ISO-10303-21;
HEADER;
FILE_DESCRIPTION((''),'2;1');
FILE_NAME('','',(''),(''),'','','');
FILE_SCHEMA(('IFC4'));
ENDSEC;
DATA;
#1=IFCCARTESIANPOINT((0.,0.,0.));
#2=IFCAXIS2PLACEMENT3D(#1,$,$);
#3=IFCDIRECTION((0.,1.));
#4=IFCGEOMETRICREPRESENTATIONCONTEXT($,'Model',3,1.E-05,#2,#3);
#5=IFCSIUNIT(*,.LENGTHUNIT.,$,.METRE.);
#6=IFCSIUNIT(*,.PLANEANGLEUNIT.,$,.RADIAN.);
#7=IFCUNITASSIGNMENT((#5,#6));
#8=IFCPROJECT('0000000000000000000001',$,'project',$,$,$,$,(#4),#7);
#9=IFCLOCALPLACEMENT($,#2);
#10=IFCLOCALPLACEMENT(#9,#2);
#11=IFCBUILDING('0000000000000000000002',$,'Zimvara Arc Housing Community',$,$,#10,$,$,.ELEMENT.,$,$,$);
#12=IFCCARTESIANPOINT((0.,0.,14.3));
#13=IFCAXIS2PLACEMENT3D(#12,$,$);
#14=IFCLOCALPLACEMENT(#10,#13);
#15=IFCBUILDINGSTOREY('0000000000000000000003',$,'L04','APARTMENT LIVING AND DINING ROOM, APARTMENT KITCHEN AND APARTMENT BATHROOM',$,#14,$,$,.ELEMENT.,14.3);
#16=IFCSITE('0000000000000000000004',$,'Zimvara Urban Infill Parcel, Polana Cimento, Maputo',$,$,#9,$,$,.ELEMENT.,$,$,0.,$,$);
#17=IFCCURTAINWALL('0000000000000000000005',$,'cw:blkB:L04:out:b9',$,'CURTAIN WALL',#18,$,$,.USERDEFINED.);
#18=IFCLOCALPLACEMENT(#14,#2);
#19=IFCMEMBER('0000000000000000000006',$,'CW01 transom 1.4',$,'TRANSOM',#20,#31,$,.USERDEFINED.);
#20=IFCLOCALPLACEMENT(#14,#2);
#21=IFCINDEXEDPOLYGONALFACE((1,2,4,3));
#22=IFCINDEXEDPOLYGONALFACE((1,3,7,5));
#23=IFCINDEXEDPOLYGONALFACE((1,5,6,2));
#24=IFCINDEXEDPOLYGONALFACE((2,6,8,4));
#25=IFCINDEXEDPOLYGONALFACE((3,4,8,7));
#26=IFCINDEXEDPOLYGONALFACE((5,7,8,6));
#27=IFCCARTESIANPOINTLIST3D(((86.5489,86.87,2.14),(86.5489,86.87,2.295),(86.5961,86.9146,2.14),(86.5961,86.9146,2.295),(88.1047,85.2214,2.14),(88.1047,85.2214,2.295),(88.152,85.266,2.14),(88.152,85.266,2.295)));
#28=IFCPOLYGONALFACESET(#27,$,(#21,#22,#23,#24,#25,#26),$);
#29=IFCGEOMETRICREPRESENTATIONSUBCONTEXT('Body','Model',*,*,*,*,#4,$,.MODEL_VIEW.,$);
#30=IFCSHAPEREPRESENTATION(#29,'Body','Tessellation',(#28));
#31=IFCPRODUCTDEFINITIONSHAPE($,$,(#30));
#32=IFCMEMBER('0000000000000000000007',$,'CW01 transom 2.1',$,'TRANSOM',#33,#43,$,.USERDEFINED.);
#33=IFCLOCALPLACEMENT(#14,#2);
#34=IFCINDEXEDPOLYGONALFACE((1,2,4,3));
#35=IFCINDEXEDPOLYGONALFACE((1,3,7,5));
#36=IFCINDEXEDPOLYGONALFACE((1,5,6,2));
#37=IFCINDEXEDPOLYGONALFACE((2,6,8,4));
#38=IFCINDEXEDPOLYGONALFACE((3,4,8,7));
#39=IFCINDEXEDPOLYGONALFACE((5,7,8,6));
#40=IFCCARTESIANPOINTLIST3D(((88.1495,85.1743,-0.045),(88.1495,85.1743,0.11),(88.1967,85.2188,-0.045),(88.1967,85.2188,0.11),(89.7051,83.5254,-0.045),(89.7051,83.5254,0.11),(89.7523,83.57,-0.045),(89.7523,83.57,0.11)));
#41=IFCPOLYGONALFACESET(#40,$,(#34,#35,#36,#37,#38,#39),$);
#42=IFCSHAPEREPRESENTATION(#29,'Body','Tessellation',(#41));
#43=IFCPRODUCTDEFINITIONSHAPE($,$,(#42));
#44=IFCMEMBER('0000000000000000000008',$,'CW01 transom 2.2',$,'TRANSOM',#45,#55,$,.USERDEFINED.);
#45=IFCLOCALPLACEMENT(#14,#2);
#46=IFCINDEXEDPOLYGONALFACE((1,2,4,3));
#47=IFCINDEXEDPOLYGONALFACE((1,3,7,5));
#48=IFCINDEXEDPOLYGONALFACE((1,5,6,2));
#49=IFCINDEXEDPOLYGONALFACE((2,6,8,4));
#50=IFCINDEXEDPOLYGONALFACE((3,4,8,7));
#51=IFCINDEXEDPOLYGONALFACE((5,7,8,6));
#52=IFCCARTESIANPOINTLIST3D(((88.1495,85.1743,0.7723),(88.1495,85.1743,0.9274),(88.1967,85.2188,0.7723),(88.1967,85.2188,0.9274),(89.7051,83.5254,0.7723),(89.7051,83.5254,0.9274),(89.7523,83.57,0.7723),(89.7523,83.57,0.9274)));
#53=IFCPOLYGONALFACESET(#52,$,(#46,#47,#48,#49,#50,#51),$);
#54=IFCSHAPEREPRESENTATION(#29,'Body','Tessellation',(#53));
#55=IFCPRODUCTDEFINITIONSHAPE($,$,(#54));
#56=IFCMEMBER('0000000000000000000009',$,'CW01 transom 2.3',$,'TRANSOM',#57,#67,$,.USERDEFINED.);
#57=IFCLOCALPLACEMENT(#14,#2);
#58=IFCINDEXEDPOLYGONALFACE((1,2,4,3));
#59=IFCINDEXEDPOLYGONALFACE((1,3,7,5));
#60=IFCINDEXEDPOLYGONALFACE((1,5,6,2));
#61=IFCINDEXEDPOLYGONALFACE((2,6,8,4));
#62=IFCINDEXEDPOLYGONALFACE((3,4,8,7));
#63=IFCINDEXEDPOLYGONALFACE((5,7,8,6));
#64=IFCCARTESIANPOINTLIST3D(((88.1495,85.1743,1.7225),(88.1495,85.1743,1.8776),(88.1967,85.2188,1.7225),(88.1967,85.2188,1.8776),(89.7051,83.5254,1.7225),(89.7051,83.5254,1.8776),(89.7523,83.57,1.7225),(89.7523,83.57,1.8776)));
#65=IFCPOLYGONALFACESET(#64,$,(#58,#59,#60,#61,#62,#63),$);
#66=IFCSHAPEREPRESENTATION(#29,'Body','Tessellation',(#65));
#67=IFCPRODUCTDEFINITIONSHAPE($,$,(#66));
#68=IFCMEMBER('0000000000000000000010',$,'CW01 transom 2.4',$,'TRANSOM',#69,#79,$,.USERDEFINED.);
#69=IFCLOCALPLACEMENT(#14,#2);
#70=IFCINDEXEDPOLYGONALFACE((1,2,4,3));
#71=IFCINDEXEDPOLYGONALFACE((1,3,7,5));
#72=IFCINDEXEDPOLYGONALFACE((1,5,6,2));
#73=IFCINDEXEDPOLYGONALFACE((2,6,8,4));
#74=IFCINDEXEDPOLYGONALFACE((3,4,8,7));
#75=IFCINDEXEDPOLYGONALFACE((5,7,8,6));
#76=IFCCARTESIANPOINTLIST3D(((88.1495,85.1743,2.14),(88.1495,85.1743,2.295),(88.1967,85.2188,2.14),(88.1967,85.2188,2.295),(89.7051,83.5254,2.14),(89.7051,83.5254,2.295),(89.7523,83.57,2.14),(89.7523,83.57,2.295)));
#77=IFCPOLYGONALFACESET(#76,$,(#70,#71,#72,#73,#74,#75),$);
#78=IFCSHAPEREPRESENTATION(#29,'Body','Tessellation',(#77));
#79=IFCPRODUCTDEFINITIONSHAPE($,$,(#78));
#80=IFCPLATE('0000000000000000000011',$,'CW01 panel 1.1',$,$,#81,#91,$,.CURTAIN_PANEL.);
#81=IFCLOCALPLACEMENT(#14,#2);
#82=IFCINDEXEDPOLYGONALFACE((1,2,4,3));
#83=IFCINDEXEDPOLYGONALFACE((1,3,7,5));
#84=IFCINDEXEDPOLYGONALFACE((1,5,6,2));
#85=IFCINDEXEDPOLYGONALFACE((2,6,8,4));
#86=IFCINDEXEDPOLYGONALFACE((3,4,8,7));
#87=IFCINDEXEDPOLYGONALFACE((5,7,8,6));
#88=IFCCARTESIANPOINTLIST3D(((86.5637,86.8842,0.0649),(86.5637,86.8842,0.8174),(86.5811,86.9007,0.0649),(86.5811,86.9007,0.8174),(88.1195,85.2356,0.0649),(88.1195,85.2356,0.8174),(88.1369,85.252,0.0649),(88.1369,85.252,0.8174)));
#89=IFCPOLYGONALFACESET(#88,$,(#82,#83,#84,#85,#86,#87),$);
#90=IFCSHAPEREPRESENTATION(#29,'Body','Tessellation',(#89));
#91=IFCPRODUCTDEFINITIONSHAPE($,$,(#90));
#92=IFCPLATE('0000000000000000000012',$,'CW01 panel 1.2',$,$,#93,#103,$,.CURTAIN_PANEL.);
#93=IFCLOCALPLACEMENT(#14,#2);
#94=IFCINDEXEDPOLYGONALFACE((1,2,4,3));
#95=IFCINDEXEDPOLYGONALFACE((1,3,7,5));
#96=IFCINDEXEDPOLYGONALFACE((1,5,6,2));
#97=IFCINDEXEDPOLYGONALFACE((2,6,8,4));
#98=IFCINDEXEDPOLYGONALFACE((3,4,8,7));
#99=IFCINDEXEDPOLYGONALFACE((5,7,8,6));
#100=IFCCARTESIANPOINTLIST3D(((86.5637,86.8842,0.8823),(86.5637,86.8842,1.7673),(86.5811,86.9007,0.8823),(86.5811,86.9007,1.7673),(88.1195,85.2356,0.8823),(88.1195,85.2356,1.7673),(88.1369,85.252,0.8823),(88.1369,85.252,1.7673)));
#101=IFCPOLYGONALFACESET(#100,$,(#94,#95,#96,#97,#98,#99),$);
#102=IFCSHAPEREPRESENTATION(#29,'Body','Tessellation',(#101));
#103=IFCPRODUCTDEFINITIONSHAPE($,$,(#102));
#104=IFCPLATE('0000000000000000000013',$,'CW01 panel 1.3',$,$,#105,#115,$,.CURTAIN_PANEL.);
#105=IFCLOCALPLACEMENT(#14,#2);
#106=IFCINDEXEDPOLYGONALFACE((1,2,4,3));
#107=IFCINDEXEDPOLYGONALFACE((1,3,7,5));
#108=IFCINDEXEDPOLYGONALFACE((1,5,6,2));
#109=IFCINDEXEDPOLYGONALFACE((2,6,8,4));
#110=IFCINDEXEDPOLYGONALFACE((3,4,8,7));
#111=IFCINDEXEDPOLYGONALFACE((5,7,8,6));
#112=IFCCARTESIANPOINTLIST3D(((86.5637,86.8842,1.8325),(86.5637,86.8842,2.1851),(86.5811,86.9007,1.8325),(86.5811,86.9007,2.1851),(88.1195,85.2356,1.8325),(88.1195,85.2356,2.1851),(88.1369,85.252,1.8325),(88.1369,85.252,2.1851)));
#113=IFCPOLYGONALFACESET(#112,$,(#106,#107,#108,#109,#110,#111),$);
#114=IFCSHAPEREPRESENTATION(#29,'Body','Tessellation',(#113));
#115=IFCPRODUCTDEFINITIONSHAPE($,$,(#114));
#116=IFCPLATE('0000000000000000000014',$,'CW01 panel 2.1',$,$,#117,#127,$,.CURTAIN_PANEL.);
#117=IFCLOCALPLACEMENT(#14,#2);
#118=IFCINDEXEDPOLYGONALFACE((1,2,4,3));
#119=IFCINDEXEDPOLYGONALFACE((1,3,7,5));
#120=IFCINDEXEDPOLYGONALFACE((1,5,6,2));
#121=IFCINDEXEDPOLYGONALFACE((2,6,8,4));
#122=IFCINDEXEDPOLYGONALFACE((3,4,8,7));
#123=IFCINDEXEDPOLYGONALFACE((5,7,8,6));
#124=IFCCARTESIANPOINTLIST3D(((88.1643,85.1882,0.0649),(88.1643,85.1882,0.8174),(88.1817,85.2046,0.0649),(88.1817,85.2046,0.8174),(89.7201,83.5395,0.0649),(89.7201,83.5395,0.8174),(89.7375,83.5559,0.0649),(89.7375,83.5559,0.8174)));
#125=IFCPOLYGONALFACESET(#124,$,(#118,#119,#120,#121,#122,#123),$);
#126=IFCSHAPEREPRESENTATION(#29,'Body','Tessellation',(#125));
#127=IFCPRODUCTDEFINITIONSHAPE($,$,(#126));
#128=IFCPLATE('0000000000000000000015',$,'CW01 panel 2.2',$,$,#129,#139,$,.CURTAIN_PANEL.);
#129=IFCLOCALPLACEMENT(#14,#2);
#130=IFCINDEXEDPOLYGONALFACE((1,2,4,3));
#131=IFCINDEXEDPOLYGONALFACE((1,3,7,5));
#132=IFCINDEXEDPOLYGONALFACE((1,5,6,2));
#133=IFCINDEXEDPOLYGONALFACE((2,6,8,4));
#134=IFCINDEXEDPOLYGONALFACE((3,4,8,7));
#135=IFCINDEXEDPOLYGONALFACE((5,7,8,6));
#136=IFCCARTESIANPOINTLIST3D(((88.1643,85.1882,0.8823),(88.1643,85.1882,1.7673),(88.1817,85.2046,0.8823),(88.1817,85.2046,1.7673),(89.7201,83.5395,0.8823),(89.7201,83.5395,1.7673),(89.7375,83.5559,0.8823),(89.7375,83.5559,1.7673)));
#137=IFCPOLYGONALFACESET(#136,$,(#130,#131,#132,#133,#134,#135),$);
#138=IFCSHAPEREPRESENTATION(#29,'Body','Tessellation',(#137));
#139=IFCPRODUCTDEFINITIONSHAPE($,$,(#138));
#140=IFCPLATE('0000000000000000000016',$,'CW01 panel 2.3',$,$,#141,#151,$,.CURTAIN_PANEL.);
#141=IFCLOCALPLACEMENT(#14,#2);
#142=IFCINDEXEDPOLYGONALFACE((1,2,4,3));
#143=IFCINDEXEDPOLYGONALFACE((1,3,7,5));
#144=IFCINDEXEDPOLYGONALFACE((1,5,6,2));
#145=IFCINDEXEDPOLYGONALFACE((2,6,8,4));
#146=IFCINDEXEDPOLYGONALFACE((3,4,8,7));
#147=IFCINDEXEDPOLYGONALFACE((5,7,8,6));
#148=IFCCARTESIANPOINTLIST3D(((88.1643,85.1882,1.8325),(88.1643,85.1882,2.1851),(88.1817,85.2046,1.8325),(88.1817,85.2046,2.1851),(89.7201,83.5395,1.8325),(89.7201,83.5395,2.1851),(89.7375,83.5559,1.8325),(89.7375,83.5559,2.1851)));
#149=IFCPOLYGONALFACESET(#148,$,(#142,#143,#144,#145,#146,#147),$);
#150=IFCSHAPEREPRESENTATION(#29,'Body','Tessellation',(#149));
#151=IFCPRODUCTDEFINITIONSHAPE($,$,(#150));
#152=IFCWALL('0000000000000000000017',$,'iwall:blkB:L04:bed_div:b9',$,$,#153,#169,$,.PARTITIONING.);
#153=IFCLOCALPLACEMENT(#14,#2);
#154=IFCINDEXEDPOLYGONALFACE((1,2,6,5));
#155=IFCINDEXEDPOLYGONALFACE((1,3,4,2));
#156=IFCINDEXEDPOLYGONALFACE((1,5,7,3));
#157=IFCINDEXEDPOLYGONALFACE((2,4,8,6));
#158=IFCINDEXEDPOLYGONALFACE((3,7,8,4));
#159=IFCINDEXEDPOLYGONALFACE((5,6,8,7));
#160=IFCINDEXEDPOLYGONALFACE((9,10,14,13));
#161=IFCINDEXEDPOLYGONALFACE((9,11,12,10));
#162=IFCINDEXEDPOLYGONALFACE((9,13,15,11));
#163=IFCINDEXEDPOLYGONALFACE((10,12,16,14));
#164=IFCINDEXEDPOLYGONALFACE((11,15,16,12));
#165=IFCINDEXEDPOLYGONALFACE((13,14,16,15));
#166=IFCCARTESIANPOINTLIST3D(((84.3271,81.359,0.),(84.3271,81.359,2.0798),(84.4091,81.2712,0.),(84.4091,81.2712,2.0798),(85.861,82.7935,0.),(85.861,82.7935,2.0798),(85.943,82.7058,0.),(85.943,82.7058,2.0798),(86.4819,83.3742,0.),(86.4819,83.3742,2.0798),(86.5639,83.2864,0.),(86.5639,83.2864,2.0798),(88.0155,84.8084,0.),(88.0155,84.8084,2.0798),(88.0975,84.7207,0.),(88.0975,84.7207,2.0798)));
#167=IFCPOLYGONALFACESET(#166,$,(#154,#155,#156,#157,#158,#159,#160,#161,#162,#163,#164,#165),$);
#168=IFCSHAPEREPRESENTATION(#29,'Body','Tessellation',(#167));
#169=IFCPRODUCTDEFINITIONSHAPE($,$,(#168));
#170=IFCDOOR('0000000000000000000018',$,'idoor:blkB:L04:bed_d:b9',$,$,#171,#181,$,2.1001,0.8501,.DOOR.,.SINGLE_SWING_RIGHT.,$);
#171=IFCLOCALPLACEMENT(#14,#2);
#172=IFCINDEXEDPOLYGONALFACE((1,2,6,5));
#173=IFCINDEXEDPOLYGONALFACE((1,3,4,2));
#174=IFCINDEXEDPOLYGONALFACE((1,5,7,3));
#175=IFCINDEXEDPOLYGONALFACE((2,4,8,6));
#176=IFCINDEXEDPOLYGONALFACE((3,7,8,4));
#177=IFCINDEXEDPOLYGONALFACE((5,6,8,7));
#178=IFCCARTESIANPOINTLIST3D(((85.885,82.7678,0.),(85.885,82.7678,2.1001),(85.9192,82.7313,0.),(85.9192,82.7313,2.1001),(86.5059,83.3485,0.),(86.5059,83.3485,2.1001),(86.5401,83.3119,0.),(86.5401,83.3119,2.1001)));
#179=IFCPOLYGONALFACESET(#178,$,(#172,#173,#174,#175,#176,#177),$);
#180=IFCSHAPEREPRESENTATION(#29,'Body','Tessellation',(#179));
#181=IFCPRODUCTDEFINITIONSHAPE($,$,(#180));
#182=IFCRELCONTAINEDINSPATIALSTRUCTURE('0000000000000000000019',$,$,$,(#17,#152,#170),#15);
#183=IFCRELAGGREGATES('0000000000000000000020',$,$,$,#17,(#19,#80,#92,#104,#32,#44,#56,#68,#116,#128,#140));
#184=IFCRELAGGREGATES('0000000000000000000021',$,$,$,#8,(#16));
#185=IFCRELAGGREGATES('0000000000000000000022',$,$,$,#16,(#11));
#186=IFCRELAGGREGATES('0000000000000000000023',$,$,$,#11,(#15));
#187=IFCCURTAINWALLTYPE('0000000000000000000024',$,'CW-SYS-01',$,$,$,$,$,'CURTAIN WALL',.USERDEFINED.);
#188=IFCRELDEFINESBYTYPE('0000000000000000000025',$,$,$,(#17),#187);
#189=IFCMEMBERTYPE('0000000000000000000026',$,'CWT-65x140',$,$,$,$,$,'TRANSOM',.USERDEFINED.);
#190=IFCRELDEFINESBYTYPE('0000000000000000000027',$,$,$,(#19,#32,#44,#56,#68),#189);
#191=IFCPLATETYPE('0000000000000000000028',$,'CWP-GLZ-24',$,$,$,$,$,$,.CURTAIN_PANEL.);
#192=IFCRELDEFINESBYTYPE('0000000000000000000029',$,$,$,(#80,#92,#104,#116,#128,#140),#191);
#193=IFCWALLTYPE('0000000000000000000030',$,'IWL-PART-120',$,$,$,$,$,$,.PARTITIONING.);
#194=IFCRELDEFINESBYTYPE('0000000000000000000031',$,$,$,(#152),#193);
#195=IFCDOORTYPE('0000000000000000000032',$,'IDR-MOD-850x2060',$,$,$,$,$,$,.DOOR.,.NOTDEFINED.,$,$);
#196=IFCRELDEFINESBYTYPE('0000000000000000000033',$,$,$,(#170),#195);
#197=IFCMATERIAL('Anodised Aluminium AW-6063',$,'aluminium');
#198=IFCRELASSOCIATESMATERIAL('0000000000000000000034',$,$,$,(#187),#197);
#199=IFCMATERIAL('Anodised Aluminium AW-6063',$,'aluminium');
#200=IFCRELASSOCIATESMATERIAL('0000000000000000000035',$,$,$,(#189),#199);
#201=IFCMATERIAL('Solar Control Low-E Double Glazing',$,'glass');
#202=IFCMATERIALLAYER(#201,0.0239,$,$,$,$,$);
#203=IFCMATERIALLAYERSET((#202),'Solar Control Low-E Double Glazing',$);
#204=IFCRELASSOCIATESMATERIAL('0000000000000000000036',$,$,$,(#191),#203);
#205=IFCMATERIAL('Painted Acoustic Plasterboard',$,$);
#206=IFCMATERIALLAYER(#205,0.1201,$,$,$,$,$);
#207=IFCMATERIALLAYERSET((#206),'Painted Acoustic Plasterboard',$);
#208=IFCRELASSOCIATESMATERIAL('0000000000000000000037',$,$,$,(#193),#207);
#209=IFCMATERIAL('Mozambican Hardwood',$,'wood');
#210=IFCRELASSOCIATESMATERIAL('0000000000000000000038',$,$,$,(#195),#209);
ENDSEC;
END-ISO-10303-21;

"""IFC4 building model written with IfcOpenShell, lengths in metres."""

from ifc_helpers import new_model, si_unit, direction, frame, frame_2d, origin, origin_2d, place, context, subcontext, project, spatial, rectangle, extrude, material, layer, layer_set, material_profile, profile_set, type_object, element, fill, aggregate, save


model = new_model("IFC4")

# Units and contexts
model_context = context("Model", 3, precision=1e-05, world=origin(), true_north=direction((0.0, 1.0)))
body_context = subcontext(model_context, "Body", "Model", "MODEL_VIEW")
ifc_project = project(units=[si_unit("LENGTHUNIT", "METRE"), si_unit("PLANEANGLEUNIT", "RADIAN")], contexts=[model_context])

# Site, building, storey
site_placement = place(None, origin())
site = spatial("IfcSite", under=ifc_project, at=site_placement, Name="Zimvara Urban Infill Parcel, Polana Cimento, Maputo", CompositionType="ELEMENT", RefElevation=0.0)
building_placement = place(site_placement, origin())
building = spatial("IfcBuilding", under=site, at=building_placement, Name="Zimvara Arc Housing Community", CompositionType="ELEMENT")
storey_placement = place(building_placement, frame((0.0, 0.0, 14.3)))
storey = spatial("IfcBuildingStorey", under=building, at=storey_placement, Name="L04", Description="APARTMENT LIVING AND DINING ROOM, APARTMENT KITCHEN AND APARTMENT BATHROOM", CompositionType="ELEMENT", Elevation=14.3)

# Curtain wall
ifc_material_1 = material(Name="Anodised Aluminium AW-6063", Category="aluminium")
curtain_wall_type_1 = type_object("IfcCurtainWallType", Name="CW-SYS-01", ElementType="CURTAIN WALL", PredefinedType="USERDEFINED", material=ifc_material_1)
curtain_wall_1_placement = place(storey_placement, origin())
curtain_wall_1 = element("IfcCurtainWall", 1, at=curtain_wall_1_placement, inside=storey, type_object=curtain_wall_type_1, Name="cw:blkB:L04:out:b9", ObjectType="CURTAIN WALL", PredefinedType="USERDEFINED")

# Members
ifc_material_2 = material(Name="Anodised Aluminium AW-6063", Category="aluminium")
ifc_material_profile_1 = material_profile(ifc_material_2, rectangle(XDim=0.0649, YDim=0.155, at=origin_2d()), Name="ALU 65x155")
ifc_profile_set_1 = profile_set([ifc_material_profile_1], Name="Anodised Aluminium AW-6063")
member_type_1 = type_object("IfcMemberType", Name="CWT-65x140", ElementType="TRANSOM", PredefinedType="USERDEFINED", material=ifc_profile_set_1)
member_1_placement = place(storey_placement, frame((86.5725, 86.8923, 2.2175), z_axis=(0.686348, -0.727273, 0.0), x_axis=(0.727273, 0.686348, 0.0)))
member_1 = element("IfcMember", 2, at=member_1_placement, type_object=member_type_1, Name="CW01 transom 1.4", ObjectType="TRANSOM", PredefinedType="USERDEFINED", context=body_context, shape_type="SweptSolid", body=[
    extrude(rectangle(XDim=0.0649, YDim=0.155, at=origin_2d()), origin(), (0.0, 0.0, 1.0), 2.2668),
])
member_2_placement = place(storey_placement, frame((88.1731, 85.1965, 0.0325), z_axis=(0.686238, -0.727377, 0.0), x_axis=(0.727377, 0.686238, 0.0)))
member_2 = element("IfcMember", 3, at=member_2_placement, type_object=member_type_1, Name="CW01 transom 2.1", ObjectType="TRANSOM", PredefinedType="USERDEFINED", context=body_context, shape_type="SweptSolid", body=[
    extrude(rectangle(XDim=0.0649, YDim=0.155, at=origin_2d()), origin(), (0.0, 0.0, 1.0), 2.2668),
])
member_3_placement = place(storey_placement, frame((88.1731, 85.1965, 0.8499), z_axis=(0.686238, -0.727377, 0.0), x_axis=(0.727377, 0.686238, 0.0)))
member_3 = element("IfcMember", 4, at=member_3_placement, type_object=member_type_1, Name="CW01 transom 2.2", ObjectType="TRANSOM", PredefinedType="USERDEFINED", context=body_context, shape_type="SweptSolid", body=[
    extrude(rectangle(XDim=0.0649, YDim=0.155, at=origin_2d()), origin(), (0.0, 0.0, 1.0), 2.2668),
])
member_4_placement = place(storey_placement, frame((88.1731, 85.1965, 1.8), z_axis=(0.686238, -0.727377, 0.0), x_axis=(0.727377, 0.686238, 0.0)))
member_4 = element("IfcMember", 5, at=member_4_placement, type_object=member_type_1, Name="CW01 transom 2.3", ObjectType="TRANSOM", PredefinedType="USERDEFINED", context=body_context, shape_type="SweptSolid", body=[
    extrude(rectangle(XDim=0.0649, YDim=0.155, at=origin_2d()), origin(), (0.0, 0.0, 1.0), 2.2668),
])
member_5_placement = place(storey_placement, frame((88.1731, 85.1965, 2.2175), z_axis=(0.686238, -0.727377, 0.0), x_axis=(0.727377, 0.686238, 0.0)))
member_5 = element("IfcMember", 6, at=member_5_placement, type_object=member_type_1, Name="CW01 transom 2.4", ObjectType="TRANSOM", PredefinedType="USERDEFINED", context=body_context, shape_type="SweptSolid", body=[
    extrude(rectangle(XDim=0.0649, YDim=0.155, at=origin_2d()), origin(), (0.0, 0.0, 1.0), 2.2668),
])

# Plates
ifc_material_3 = material(Name="Solar Control Low-E Double Glazing", Category="glass")
ifc_layer_1 = layer(ifc_material_3, 0.0239)
ifc_layer_set_1 = layer_set([ifc_layer_1], Name="Solar Control Low-E Double Glazing")
plate_type = type_object("IfcPlateType", Name="CWP-GLZ-24", PredefinedType="CURTAIN_PANEL", material=ifc_layer_set_1)
plate_1_placement = place(storey_placement, frame((87.3503, 86.0681, 0.0649), z_axis=(0.0, 0.0, 1.0), x_axis=(0.686326, -0.727294, 0.0)))
plate_1 = element("IfcPlate", 7, at=plate_1_placement, type_object=plate_type, Name="CW01 panel 1.1", PredefinedType="CURTAIN_PANEL", context=body_context, shape_type="SweptSolid", body=[
    extrude(rectangle(XDim=2.2668, YDim=0.0239, at=origin_2d()), origin(), (0.0, 0.0, 1.0), 0.7524),
])
plate_2_placement = place(storey_placement, frame((87.3503, 86.0681, 0.8823), z_axis=(0.0, 0.0, 1.0), x_axis=(0.686326, -0.727294, 0.0)))
plate_2 = element("IfcPlate", 8, at=plate_2_placement, type_object=plate_type, Name="CW01 panel 1.2", PredefinedType="CURTAIN_PANEL", context=body_context, shape_type="SweptSolid", body=[
    extrude(rectangle(XDim=2.2668, YDim=0.0239, at=origin_2d()), origin(), (0.0, 0.0, 1.0), 0.885),
])
plate_3_placement = place(storey_placement, frame((87.3503, 86.0681, 1.8325), z_axis=(0.0, 0.0, 1.0), x_axis=(0.686326, -0.727294, 0.0)))
plate_3 = element("IfcPlate", 9, at=plate_3_placement, type_object=plate_type, Name="CW01 panel 1.3", PredefinedType="CURTAIN_PANEL", context=body_context, shape_type="SweptSolid", body=[
    extrude(rectangle(XDim=2.2668, YDim=0.0239, at=origin_2d()), origin(), (0.0, 0.0, 1.0), 0.3525),
])
plate_4_placement = place(storey_placement, frame((88.9509, 84.3721, 0.0649), z_axis=(0.0, 0.0, 1.0), x_axis=(0.686326, -0.727294, 0.0)))
plate_4 = element("IfcPlate", 10, at=plate_4_placement, type_object=plate_type, Name="CW01 panel 2.1", PredefinedType="CURTAIN_PANEL", context=body_context, shape_type="SweptSolid", body=[
    extrude(rectangle(XDim=2.2668, YDim=0.0239, at=origin_2d()), origin(), (0.0, 0.0, 1.0), 0.7524),
])
plate_5_placement = place(storey_placement, frame((88.9509, 84.3721, 0.8823), z_axis=(0.0, 0.0, 1.0), x_axis=(0.686326, -0.727294, 0.0)))
plate_5 = element("IfcPlate", 11, at=plate_5_placement, type_object=plate_type, Name="CW01 panel 2.2", PredefinedType="CURTAIN_PANEL", context=body_context, shape_type="SweptSolid", body=[
    extrude(rectangle(XDim=2.2668, YDim=0.0239, at=origin_2d()), origin(), (0.0, 0.0, 1.0), 0.885),
])
plate_6_placement = place(storey_placement, frame((88.9509, 84.3721, 1.8325), z_axis=(0.0, 0.0, 1.0), x_axis=(0.686326, -0.727294, 0.0)))
plate_6 = element("IfcPlate", 12, at=plate_6_placement, type_object=plate_type, Name="CW01 panel 2.3", PredefinedType="CURTAIN_PANEL", context=body_context, shape_type="SweptSolid", body=[
    extrude(rectangle(XDim=2.2668, YDim=0.0239, at=origin_2d()), origin(), (0.0, 0.0, 1.0), 0.3525),
])
aggregate(curtain_wall_1, [member_1, plate_1, plate_2, plate_3, member_2, member_3, member_4, member_5, plate_4, plate_5, plate_6])

# Wall, opening, door
ifc_material_4 = material(Name="Painted Acoustic Plasterboard")
ifc_layer_2 = layer(ifc_material_4, 0.1201)
ifc_layer_set_2 = layer_set([ifc_layer_2], Name="Painted Acoustic Plasterboard")
wall_type_1 = type_object("IfcWallType", Name="IWL-PART-120", PredefinedType="PARTITIONING", material=ifc_layer_set_2)
wall_1_placement = place(storey_placement, frame((84.3682, 81.3152, 0.0), z_axis=(0.0, 0.0, 1.0), x_axis=(0.730375, 0.683047, 0.0)))
wall_1 = element("IfcWall", 13, at=wall_1_placement, inside=storey, type_object=wall_type_1, Name="iwall:blkB:L04:bed_div:b9", PredefinedType="PARTITIONING", context=body_context, shape_type="SweptSolid", body=[
    extrude(rectangle(XDim=5.05, YDim=0.1201, at=frame_2d((2.5249, 0.0))), origin(), (0.0, 0.0, 1.0), 2.0798),
])
opening_placement = place(wall_1_placement, frame((2.1001, 0.0, 0.0)))
opening = element("IfcOpeningElement", 14, at=opening_placement, cuts=wall_1, PredefinedType="OPENING", context=body_context, shape_type="SweptSolid", body=[
    extrude(rectangle(XDim=0.8501, YDim=2.1001, at=frame_2d((0.425, 1.05))), frame((0.0, 0.0701, 0.0), z_axis=(0.0, -1.0, 0.0), x_axis=(1.0, 0.0, 0.0)), (0.0, 0.0, 1.0), 0.1401),
])
ifc_material_5 = material(Name="Mozambican Hardwood", Category="wood")
door_type = type_object("IfcDoorType", Name="IDR-MOD-850x2060", OperationType="NOTDEFINED", PredefinedType="DOOR", material=ifc_material_5)
door_placement = place(opening_placement, origin())
door = element("IfcDoor", 15, at=door_placement, inside=storey, type_object=door_type, Name="idoor:blkB:L04:bed_d:b9", OperationType="SINGLE_SWING_RIGHT", OverallHeight=2.1001, OverallWidth=0.8501, PredefinedType="DOOR", context=body_context, shape_type="SweptSolid", body=[
    extrude(rectangle(XDim=0.8501, YDim=2.1001, at=frame_2d((0.425, 1.05))), frame((0.0, 0.0249, 0.0), z_axis=(0.0, -1.0, 0.0), x_axis=(1.0, 0.0, 0.0)), (0.0, 0.0, 1.0), 0.05),
])
fill(opening, door)

save(model, "model.ifc")
